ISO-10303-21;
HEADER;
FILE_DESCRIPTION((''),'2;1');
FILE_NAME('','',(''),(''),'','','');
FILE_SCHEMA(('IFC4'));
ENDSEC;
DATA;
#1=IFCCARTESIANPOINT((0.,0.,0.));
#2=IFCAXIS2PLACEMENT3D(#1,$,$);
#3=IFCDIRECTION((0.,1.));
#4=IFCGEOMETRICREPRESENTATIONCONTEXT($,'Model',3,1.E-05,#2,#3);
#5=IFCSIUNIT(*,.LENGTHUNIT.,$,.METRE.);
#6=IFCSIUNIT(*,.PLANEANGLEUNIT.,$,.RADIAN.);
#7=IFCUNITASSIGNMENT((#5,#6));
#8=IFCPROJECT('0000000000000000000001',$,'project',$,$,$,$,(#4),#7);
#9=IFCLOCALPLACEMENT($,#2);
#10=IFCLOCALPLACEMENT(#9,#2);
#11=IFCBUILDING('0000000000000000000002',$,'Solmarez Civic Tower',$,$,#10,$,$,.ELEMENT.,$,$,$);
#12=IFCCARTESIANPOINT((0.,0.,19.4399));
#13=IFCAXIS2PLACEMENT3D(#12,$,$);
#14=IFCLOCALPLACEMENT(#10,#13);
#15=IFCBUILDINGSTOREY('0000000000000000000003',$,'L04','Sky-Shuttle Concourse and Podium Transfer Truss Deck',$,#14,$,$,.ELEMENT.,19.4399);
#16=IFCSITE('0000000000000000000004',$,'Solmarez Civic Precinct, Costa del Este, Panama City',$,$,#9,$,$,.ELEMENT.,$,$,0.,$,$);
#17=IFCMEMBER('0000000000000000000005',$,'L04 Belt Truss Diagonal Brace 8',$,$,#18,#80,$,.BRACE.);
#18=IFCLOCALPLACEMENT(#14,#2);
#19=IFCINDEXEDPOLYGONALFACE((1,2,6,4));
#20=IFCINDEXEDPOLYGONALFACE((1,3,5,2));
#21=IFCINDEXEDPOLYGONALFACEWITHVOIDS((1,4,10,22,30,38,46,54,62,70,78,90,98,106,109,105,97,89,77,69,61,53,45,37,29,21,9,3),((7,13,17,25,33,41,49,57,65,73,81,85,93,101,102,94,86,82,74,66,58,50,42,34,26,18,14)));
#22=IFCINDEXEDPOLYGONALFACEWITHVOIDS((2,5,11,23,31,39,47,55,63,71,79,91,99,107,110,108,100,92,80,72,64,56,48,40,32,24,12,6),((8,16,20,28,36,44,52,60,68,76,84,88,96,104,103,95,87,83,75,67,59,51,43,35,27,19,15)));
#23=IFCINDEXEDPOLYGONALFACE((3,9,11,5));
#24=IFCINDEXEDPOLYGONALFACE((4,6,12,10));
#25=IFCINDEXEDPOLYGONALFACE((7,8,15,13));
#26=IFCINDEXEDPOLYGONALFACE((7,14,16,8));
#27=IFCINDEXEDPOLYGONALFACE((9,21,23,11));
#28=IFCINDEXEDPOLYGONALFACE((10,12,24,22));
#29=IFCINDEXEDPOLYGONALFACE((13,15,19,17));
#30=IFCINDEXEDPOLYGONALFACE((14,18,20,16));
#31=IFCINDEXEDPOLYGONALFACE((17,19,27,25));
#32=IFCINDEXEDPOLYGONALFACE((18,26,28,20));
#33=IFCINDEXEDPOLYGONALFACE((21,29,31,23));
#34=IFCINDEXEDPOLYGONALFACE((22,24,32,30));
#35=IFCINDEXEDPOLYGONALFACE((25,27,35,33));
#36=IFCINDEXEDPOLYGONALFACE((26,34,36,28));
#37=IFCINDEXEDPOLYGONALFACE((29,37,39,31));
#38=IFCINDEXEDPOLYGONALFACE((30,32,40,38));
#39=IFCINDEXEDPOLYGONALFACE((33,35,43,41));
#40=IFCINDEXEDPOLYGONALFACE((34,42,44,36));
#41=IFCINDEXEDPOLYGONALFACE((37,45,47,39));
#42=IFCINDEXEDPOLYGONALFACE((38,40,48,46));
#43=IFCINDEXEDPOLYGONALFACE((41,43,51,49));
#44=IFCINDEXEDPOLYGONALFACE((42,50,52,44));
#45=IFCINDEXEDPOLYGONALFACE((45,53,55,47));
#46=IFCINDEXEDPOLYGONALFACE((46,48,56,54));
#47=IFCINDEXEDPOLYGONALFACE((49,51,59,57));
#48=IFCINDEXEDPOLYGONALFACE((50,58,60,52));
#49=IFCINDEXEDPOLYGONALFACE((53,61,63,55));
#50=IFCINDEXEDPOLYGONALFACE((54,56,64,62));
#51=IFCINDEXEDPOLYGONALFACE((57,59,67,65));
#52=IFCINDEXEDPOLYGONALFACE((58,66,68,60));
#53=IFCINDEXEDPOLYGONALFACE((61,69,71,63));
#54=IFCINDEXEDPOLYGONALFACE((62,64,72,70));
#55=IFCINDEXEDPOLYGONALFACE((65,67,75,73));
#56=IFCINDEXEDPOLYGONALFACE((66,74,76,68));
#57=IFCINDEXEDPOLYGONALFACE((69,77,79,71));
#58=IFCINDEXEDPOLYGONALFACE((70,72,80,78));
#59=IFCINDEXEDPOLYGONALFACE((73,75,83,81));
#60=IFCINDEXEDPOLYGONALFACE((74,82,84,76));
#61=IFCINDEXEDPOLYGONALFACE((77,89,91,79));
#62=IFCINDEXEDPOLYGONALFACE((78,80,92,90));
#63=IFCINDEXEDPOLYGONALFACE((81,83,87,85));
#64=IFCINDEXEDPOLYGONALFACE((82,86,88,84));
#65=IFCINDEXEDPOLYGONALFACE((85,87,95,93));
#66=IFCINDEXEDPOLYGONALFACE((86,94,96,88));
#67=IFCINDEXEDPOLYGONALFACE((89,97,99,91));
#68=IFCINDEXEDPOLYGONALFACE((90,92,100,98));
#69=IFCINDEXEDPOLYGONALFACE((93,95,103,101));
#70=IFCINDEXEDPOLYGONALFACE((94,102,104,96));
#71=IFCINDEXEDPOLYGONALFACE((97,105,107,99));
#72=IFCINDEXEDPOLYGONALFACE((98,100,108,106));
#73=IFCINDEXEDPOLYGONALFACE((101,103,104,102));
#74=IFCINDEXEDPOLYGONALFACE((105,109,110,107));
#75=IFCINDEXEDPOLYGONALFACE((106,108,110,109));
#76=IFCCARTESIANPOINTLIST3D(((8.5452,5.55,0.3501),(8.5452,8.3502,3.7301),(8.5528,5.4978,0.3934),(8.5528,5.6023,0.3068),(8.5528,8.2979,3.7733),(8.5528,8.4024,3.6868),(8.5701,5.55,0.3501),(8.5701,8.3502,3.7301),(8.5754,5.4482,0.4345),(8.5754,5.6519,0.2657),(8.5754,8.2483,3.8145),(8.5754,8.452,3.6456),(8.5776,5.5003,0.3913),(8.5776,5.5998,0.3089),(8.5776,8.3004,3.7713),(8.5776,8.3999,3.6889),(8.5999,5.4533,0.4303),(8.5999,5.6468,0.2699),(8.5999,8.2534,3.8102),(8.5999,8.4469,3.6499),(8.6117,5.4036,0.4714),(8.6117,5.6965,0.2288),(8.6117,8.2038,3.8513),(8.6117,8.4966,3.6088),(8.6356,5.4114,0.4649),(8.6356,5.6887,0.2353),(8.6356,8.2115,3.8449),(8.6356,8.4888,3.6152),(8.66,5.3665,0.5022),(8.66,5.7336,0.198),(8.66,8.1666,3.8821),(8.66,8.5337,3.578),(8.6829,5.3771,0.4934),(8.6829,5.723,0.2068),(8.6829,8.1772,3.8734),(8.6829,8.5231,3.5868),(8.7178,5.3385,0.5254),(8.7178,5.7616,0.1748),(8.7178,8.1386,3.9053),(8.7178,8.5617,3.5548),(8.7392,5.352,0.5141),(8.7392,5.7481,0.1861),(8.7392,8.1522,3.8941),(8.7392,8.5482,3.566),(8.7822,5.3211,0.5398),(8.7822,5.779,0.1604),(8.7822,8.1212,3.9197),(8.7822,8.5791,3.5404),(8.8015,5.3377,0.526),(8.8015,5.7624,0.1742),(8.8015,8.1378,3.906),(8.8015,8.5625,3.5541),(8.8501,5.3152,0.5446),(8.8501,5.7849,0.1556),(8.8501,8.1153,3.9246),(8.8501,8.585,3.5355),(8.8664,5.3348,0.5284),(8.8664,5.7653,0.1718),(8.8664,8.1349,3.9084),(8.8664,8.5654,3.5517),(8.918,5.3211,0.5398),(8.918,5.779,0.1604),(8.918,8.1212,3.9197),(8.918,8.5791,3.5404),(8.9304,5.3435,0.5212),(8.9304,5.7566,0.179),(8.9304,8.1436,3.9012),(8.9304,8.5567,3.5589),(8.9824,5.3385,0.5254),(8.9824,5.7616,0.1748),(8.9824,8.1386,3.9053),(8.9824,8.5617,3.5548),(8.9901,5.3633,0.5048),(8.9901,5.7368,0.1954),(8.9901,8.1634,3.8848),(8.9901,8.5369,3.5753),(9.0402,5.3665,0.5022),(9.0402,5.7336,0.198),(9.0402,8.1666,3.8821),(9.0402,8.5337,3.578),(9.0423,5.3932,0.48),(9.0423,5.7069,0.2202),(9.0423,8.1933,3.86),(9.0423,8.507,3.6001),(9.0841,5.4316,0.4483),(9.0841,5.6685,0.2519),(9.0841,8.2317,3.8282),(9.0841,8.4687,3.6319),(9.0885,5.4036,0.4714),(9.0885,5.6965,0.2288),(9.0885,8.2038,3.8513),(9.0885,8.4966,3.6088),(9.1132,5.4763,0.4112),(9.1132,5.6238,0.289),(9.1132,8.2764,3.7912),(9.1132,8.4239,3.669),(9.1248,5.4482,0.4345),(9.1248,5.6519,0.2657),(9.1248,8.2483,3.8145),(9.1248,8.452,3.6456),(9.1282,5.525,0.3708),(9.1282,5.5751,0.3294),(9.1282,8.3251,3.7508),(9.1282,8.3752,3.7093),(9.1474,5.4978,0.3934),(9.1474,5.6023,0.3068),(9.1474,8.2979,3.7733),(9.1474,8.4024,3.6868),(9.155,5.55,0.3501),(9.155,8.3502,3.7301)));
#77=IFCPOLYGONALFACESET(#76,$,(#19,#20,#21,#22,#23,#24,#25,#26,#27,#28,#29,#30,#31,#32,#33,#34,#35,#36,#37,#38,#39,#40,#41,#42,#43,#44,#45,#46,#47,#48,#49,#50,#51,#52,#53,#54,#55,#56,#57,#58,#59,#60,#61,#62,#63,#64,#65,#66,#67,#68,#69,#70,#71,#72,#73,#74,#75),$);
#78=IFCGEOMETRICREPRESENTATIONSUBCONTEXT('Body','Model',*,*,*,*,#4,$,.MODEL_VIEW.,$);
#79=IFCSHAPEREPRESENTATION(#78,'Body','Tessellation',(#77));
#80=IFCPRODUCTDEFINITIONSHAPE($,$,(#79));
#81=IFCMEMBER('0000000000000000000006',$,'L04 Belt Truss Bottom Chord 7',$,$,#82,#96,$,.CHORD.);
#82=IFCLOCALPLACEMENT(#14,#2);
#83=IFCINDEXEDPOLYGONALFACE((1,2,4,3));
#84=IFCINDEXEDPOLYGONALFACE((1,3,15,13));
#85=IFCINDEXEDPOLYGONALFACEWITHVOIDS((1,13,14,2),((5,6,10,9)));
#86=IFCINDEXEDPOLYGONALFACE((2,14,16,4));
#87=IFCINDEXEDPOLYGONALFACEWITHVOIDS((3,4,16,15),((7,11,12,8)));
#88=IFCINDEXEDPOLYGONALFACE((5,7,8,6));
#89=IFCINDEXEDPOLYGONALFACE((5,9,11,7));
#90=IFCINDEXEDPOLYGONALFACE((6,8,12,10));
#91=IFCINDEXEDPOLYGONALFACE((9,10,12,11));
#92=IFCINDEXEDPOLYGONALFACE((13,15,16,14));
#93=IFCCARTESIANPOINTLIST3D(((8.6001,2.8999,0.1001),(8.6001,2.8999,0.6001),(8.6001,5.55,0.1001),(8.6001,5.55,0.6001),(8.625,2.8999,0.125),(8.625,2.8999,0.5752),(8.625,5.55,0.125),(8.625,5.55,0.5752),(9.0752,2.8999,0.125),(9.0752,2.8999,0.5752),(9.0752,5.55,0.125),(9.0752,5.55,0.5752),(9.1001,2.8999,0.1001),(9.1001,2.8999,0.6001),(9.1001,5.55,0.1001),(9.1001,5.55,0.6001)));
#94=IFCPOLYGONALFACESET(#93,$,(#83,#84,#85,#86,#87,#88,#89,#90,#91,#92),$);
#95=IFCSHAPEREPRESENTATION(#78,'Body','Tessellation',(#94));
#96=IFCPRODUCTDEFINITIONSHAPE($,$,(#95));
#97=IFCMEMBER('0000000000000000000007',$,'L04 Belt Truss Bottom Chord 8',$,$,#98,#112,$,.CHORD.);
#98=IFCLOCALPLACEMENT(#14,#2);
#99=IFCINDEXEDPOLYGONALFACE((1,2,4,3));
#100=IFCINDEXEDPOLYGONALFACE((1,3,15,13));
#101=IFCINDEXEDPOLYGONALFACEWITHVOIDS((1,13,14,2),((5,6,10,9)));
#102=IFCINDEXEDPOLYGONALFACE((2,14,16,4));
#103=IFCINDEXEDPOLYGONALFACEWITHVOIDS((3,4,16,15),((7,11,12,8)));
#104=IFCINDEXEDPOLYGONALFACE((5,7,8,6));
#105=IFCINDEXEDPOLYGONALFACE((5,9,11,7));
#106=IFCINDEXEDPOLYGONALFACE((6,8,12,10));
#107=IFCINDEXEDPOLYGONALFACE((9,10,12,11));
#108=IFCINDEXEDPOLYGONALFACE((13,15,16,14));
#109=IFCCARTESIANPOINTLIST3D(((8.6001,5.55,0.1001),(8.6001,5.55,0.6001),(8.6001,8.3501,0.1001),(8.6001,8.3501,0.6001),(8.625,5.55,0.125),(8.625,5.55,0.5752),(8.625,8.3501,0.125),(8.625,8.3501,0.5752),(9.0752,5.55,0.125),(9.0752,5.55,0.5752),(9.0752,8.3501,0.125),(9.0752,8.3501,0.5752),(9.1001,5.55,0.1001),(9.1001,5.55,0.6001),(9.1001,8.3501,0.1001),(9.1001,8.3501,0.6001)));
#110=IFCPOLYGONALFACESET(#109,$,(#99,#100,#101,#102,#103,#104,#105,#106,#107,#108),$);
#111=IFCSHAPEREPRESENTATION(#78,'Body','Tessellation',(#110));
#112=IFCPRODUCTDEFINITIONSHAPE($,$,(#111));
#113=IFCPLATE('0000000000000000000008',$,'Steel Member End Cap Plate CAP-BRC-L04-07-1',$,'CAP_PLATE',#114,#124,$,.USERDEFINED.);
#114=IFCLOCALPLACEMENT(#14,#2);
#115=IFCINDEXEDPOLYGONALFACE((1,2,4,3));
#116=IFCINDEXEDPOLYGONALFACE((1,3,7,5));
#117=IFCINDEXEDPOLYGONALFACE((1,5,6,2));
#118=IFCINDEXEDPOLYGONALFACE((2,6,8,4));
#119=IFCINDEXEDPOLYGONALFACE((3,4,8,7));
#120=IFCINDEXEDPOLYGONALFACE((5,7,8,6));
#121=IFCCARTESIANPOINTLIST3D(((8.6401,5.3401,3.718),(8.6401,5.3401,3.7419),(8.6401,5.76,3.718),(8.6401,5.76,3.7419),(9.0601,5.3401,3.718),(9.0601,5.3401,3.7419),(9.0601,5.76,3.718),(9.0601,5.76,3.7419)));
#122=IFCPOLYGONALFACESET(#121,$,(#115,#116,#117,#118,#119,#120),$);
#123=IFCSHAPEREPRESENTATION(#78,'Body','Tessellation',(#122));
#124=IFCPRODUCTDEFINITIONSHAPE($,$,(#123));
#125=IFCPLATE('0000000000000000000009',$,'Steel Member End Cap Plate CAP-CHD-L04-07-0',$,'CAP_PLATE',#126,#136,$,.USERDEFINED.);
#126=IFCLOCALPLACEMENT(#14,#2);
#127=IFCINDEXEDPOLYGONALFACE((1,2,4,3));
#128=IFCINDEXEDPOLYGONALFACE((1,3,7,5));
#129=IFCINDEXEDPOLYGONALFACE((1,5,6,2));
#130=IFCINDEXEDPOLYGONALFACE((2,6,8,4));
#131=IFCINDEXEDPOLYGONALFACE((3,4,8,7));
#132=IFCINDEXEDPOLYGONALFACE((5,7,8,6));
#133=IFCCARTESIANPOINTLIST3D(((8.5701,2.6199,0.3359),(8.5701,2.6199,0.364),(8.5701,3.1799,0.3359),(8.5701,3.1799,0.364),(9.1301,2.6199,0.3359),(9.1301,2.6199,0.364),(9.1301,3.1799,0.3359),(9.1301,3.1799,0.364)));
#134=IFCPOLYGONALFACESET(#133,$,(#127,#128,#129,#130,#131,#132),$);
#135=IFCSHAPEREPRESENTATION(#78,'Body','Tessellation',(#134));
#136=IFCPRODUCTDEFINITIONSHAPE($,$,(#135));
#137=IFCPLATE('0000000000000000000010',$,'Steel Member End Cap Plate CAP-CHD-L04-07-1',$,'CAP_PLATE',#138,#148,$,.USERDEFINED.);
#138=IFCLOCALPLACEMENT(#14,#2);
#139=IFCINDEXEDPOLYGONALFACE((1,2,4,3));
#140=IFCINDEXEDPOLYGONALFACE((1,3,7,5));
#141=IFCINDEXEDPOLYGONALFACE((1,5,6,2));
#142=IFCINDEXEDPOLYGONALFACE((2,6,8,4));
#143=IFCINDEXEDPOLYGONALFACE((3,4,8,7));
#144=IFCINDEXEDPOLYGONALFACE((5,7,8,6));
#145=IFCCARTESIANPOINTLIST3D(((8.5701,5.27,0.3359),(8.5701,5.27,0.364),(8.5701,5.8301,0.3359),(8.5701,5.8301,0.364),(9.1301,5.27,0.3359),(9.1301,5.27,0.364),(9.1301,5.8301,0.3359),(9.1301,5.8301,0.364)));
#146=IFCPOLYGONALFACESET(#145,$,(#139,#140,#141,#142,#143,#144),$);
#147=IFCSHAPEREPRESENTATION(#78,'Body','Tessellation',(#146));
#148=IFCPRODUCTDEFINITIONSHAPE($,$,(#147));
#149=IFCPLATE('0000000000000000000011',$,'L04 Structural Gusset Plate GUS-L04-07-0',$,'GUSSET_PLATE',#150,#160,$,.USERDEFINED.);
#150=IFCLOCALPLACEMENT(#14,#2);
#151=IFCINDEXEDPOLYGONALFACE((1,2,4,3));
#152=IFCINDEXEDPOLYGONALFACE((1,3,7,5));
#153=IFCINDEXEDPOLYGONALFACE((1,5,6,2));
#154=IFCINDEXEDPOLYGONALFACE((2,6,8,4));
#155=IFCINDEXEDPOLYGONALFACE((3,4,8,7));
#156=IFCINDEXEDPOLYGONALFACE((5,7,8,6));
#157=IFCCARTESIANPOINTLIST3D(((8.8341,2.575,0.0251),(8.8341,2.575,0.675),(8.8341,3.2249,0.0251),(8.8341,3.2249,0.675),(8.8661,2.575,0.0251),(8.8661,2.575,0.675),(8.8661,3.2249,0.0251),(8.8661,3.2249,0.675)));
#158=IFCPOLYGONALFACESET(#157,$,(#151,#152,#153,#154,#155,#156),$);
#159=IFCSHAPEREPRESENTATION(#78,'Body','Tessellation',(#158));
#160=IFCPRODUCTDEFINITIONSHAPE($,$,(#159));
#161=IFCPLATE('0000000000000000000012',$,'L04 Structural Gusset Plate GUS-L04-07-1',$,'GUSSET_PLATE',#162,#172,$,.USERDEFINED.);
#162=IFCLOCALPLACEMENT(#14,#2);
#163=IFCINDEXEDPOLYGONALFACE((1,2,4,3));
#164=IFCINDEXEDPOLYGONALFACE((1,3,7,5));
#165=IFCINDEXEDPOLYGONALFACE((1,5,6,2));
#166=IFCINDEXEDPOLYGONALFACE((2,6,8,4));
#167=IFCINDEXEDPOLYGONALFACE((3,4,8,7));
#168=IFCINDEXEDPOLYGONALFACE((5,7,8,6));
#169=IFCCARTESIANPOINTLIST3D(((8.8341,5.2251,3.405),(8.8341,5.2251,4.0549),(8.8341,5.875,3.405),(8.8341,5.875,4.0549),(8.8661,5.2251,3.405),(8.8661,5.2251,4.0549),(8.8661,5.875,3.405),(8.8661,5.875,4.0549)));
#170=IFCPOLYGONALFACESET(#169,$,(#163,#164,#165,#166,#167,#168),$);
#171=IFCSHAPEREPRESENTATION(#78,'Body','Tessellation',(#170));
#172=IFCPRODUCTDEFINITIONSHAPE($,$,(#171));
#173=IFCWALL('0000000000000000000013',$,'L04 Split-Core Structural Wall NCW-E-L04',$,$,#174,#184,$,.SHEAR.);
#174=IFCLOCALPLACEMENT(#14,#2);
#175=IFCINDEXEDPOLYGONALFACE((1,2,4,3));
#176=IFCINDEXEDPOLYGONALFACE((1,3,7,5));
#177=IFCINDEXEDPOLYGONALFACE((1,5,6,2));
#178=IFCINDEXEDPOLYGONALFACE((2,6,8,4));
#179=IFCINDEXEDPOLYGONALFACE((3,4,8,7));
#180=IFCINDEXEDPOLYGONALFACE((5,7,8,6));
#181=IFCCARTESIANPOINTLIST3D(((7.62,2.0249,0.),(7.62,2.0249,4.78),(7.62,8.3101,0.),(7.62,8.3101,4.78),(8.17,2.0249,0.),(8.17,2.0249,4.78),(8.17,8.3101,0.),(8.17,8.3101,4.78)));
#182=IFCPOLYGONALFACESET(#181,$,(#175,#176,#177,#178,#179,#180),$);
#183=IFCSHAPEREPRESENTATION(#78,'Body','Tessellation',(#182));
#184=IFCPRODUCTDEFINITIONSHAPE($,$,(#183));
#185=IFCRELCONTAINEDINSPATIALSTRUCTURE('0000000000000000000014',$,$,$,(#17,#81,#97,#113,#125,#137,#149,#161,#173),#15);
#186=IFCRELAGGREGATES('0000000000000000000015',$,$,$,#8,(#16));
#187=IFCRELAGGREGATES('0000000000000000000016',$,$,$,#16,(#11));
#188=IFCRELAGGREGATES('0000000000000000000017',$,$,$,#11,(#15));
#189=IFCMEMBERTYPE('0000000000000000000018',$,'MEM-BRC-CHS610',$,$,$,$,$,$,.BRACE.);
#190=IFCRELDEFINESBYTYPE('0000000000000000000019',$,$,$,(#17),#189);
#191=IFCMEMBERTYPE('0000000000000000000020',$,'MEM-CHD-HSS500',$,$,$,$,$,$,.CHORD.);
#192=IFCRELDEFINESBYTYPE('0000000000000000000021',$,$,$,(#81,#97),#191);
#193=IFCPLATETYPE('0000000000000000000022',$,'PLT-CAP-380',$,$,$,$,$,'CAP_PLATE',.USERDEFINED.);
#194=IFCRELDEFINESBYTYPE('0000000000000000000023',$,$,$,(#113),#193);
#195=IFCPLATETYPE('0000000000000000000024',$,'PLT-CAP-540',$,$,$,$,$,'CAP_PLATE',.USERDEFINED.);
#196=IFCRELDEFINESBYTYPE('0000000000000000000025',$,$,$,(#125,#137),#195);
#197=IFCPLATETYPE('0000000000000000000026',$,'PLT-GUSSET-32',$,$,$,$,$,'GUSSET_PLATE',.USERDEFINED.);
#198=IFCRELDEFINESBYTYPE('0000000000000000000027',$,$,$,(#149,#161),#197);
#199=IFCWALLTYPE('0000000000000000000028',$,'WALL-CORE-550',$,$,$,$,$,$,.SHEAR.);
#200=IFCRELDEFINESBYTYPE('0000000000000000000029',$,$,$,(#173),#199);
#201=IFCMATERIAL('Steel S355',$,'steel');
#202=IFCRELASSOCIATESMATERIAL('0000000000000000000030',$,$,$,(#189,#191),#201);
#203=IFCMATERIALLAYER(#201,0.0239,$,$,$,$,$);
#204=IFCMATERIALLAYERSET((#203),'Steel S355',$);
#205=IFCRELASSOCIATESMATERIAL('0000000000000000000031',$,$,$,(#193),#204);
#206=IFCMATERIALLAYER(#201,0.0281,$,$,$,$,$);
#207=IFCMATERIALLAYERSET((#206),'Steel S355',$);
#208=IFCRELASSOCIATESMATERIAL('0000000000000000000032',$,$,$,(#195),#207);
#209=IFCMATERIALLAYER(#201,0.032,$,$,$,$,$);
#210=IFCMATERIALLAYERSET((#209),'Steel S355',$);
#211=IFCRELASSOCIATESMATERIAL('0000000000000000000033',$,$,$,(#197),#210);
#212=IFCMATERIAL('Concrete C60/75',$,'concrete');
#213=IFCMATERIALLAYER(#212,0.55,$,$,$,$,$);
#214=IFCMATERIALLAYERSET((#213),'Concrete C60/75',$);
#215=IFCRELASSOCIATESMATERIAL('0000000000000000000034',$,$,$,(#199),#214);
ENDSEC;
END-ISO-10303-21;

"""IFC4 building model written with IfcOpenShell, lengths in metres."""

from ifc_helpers import new_model, si_unit, direction, frame, frame_2d, origin, origin_2d, place, context, subcontext, project, spatial, rectangle, hollow_rectangle, hollow_circle, extrude, material, layer, layer_set, material_profile, profile_set, type_object, element, save


model = new_model("IFC4")

# Units and contexts
model_context = context("Model", 3, precision=1e-05, world=origin(), true_north=direction((0.0, 1.0)))
body_context = subcontext(model_context, "Body", "Model", "MODEL_VIEW")
ifc_project = project(units=[si_unit("LENGTHUNIT", "METRE"), si_unit("PLANEANGLEUNIT", "RADIAN")], contexts=[model_context])

# Site, building, storey
site_placement = place(None, origin())
site = spatial("IfcSite", under=ifc_project, at=site_placement, Name="Solmarez Civic Precinct, Costa del Este, Panama City", CompositionType="ELEMENT", RefElevation=0.0)
building_placement = place(site_placement, origin())
building = spatial("IfcBuilding", under=site, at=building_placement, Name="Solmarez Civic Tower", CompositionType="ELEMENT")
storey_placement = place(building_placement, frame((0.0, 0.0, 19.4399)))
storey = spatial("IfcBuildingStorey", under=building, at=storey_placement, Name="L04", Description="Sky-Shuttle Concourse and Podium Transfer Truss Deck", CompositionType="ELEMENT", Elevation=19.4399)

# Shared definitions
ifc_material_1 = material(Name="Concrete C60/75", Category="concrete")

# Shared definitions
ifc_material_2 = material(Name="Steel S355", Category="steel")

# Members
ifc_material_profile_1 = material_profile(ifc_material_2, hollow_circle(Radius=0.3049, WallThickness=0.0249, at=origin_2d()), Name="CHS610X25")
ifc_profile_set_1 = profile_set([ifc_material_profile_1], Name="Steel S355")
member_type_1 = type_object("IfcMemberType", Name="MEM-BRC-CHS610", PredefinedType="BRACE", material=ifc_profile_set_1)
member_1_placement = place(storey_placement, frame((8.8501, 5.55, 0.3501), z_axis=(0.0, 0.63796, 0.770069), x_axis=(-1.0, 0.0, 0.0)))
element("IfcMember", 1, at=member_1_placement, inside=storey, type_object=member_type_1, Name="L04 Belt Truss Diagonal Brace 8", PredefinedType="BRACE", context=body_context, shape_type="SweptSolid", body=[
    extrude(hollow_circle(Radius=0.3049, WallThickness=0.0249, at=origin_2d()), origin(), (0.0, 0.0, 1.0), 4.3892),
])
ifc_material_profile_2 = material_profile(ifc_material_2, hollow_rectangle(XDim=0.5, YDim=0.5, WallThickness=0.0249, at=origin_2d()), Name="HSS500X500X25")
ifc_profile_set_2 = profile_set([ifc_material_profile_2], Name="Steel S355")
member_type_2 = type_object("IfcMemberType", Name="MEM-CHD-HSS500", PredefinedType="CHORD", material=ifc_profile_set_2)
member_2_placement = place(storey_placement, frame((8.8501, 2.8999, 0.3501), z_axis=(0.0, 1.0, 0.0), x_axis=(-1.0, 0.0, 0.0)))
element("IfcMember", 2, at=member_2_placement, inside=storey, type_object=member_type_2, Name="L04 Belt Truss Bottom Chord 7", PredefinedType="CHORD", context=body_context, shape_type="SweptSolid", body=[
    extrude(hollow_rectangle(XDim=0.5, YDim=0.5, WallThickness=0.0249, at=origin_2d()), origin(), (0.0, 0.0, 1.0), 2.6501),
])
member_3_placement = place(storey_placement, frame((8.8501, 5.55, 0.3501), z_axis=(0.0, 1.0, 0.0), x_axis=(-1.0, 0.0, 0.0)))
element("IfcMember", 3, at=member_3_placement, inside=storey, type_object=member_type_2, Name="L04 Belt Truss Bottom Chord 8", PredefinedType="CHORD", context=body_context, shape_type="SweptSolid", body=[
    extrude(hollow_rectangle(XDim=0.5, YDim=0.5, WallThickness=0.0249, at=origin_2d()), origin(), (0.0, 0.0, 1.0), 2.8),
])

# Plates
ifc_layer_1 = layer(ifc_material_2, 0.0239)
ifc_layer_set_1 = layer_set([ifc_layer_1], Name="Steel S355")
plate_type_1 = type_object("IfcPlateType", Name="PLT-CAP-380", ElementType="CAP_PLATE", PredefinedType="USERDEFINED", material=ifc_layer_set_1)
plate_placement = place(storey_placement, frame((8.8501, 5.55, 3.718), z_axis=(0.0, 0.0, 1.0), x_axis=(1.0, 0.0, 0.0)))
element("IfcPlate", 4, at=plate_placement, inside=storey, type_object=plate_type_1, Name="Steel Member End Cap Plate CAP-BRC-L04-07-1", ObjectType="CAP_PLATE", PredefinedType="USERDEFINED", context=body_context, shape_type="SweptSolid", body=[
    extrude(rectangle(XDim=0.4199, YDim=0.4199, at=origin_2d()), origin(), (0.0, 0.0, 1.0), 0.0239),
])
ifc_layer_2 = layer(ifc_material_2, 0.0281)
ifc_layer_set_2 = layer_set([ifc_layer_2], Name="Steel S355")
plate_type_2 = type_object("IfcPlateType", Name="PLT-CAP-540", ElementType="CAP_PLATE", PredefinedType="USERDEFINED", material=ifc_layer_set_2)
for number, where, z_axis, x_axis, name in (
    (5, (8.8501, 2.8999, 0.3359), (0.0, 0.0, 1.0), (1.0, 0.0, 0.0), "Steel Member End Cap Plate CAP-CHD-L04-07-0"),
    (6, (8.8501, 5.55, 0.3359), (0.0, 0.0, 1.0), (1.0, 0.0, 0.0), "Steel Member End Cap Plate CAP-CHD-L04-07-1"),
):
    element("IfcPlate", number, at=place(storey_placement, frame(where, z_axis=z_axis, x_axis=x_axis)), inside=storey, type_object=plate_type_2, Name=name, ObjectType="CAP_PLATE", PredefinedType="USERDEFINED", context=body_context, shape_type="SweptSolid", body=[
        extrude(rectangle(XDim=0.5601, YDim=0.5601, at=origin_2d()), origin(), (0.0, 0.0, 1.0), 0.0281),
    ])
ifc_layer_3 = layer(ifc_material_2, 0.032)
ifc_layer_set_3 = layer_set([ifc_layer_3], Name="Steel S355")
plate_type_3 = type_object("IfcPlateType", Name="PLT-GUSSET-32", ElementType="GUSSET_PLATE", PredefinedType="USERDEFINED", material=ifc_layer_set_3)
for number, where, z_axis, x_axis, name in (
    (7, (8.8501, 2.8999, 0.0251), (0.0, 0.0, 1.0), (0.0, 1.0, 0.0), "L04 Structural Gusset Plate GUS-L04-07-0"),
    (8, (8.8501, 5.55, 3.405), (0.0, 0.0, 1.0), (0.0, 1.0, 0.0), "L04 Structural Gusset Plate GUS-L04-07-1"),
):
    element("IfcPlate", number, at=place(storey_placement, frame(where, z_axis=z_axis, x_axis=x_axis)), inside=storey, type_object=plate_type_3, Name=name, ObjectType="GUSSET_PLATE", PredefinedType="USERDEFINED", context=body_context, shape_type="SweptSolid", body=[
        extrude(rectangle(XDim=0.6499, YDim=0.032, at=origin_2d()), origin(), (0.0, 0.0, 1.0), 0.6499),
    ])

# Wall
ifc_layer_4 = layer(ifc_material_1, 0.55)
ifc_layer_set_4 = layer_set([ifc_layer_4], Name="Concrete C60/75")
wall_type_1 = type_object("IfcWallType", Name="WALL-CORE-550", PredefinedType="SHEAR", material=ifc_layer_set_4)
wall_1_placement = place(storey_placement, frame((7.895, 8.3101, 0.0), z_axis=(0.0, 0.0, 1.0), x_axis=(0.0, -1.0, 0.0)))
element("IfcWall", 9, at=wall_1_placement, inside=storey, type_object=wall_type_1, Name="L04 Split-Core Structural Wall NCW-E-L04", PredefinedType="SHEAR", context=body_context, shape_type="SweptSolid", body=[
    extrude(rectangle(XDim=6.2852, YDim=0.55, at=frame_2d((3.1426, 0.0))), origin(), (0.0, 0.0, 1.0), 4.78),
])

save(model, "model.ifc")
